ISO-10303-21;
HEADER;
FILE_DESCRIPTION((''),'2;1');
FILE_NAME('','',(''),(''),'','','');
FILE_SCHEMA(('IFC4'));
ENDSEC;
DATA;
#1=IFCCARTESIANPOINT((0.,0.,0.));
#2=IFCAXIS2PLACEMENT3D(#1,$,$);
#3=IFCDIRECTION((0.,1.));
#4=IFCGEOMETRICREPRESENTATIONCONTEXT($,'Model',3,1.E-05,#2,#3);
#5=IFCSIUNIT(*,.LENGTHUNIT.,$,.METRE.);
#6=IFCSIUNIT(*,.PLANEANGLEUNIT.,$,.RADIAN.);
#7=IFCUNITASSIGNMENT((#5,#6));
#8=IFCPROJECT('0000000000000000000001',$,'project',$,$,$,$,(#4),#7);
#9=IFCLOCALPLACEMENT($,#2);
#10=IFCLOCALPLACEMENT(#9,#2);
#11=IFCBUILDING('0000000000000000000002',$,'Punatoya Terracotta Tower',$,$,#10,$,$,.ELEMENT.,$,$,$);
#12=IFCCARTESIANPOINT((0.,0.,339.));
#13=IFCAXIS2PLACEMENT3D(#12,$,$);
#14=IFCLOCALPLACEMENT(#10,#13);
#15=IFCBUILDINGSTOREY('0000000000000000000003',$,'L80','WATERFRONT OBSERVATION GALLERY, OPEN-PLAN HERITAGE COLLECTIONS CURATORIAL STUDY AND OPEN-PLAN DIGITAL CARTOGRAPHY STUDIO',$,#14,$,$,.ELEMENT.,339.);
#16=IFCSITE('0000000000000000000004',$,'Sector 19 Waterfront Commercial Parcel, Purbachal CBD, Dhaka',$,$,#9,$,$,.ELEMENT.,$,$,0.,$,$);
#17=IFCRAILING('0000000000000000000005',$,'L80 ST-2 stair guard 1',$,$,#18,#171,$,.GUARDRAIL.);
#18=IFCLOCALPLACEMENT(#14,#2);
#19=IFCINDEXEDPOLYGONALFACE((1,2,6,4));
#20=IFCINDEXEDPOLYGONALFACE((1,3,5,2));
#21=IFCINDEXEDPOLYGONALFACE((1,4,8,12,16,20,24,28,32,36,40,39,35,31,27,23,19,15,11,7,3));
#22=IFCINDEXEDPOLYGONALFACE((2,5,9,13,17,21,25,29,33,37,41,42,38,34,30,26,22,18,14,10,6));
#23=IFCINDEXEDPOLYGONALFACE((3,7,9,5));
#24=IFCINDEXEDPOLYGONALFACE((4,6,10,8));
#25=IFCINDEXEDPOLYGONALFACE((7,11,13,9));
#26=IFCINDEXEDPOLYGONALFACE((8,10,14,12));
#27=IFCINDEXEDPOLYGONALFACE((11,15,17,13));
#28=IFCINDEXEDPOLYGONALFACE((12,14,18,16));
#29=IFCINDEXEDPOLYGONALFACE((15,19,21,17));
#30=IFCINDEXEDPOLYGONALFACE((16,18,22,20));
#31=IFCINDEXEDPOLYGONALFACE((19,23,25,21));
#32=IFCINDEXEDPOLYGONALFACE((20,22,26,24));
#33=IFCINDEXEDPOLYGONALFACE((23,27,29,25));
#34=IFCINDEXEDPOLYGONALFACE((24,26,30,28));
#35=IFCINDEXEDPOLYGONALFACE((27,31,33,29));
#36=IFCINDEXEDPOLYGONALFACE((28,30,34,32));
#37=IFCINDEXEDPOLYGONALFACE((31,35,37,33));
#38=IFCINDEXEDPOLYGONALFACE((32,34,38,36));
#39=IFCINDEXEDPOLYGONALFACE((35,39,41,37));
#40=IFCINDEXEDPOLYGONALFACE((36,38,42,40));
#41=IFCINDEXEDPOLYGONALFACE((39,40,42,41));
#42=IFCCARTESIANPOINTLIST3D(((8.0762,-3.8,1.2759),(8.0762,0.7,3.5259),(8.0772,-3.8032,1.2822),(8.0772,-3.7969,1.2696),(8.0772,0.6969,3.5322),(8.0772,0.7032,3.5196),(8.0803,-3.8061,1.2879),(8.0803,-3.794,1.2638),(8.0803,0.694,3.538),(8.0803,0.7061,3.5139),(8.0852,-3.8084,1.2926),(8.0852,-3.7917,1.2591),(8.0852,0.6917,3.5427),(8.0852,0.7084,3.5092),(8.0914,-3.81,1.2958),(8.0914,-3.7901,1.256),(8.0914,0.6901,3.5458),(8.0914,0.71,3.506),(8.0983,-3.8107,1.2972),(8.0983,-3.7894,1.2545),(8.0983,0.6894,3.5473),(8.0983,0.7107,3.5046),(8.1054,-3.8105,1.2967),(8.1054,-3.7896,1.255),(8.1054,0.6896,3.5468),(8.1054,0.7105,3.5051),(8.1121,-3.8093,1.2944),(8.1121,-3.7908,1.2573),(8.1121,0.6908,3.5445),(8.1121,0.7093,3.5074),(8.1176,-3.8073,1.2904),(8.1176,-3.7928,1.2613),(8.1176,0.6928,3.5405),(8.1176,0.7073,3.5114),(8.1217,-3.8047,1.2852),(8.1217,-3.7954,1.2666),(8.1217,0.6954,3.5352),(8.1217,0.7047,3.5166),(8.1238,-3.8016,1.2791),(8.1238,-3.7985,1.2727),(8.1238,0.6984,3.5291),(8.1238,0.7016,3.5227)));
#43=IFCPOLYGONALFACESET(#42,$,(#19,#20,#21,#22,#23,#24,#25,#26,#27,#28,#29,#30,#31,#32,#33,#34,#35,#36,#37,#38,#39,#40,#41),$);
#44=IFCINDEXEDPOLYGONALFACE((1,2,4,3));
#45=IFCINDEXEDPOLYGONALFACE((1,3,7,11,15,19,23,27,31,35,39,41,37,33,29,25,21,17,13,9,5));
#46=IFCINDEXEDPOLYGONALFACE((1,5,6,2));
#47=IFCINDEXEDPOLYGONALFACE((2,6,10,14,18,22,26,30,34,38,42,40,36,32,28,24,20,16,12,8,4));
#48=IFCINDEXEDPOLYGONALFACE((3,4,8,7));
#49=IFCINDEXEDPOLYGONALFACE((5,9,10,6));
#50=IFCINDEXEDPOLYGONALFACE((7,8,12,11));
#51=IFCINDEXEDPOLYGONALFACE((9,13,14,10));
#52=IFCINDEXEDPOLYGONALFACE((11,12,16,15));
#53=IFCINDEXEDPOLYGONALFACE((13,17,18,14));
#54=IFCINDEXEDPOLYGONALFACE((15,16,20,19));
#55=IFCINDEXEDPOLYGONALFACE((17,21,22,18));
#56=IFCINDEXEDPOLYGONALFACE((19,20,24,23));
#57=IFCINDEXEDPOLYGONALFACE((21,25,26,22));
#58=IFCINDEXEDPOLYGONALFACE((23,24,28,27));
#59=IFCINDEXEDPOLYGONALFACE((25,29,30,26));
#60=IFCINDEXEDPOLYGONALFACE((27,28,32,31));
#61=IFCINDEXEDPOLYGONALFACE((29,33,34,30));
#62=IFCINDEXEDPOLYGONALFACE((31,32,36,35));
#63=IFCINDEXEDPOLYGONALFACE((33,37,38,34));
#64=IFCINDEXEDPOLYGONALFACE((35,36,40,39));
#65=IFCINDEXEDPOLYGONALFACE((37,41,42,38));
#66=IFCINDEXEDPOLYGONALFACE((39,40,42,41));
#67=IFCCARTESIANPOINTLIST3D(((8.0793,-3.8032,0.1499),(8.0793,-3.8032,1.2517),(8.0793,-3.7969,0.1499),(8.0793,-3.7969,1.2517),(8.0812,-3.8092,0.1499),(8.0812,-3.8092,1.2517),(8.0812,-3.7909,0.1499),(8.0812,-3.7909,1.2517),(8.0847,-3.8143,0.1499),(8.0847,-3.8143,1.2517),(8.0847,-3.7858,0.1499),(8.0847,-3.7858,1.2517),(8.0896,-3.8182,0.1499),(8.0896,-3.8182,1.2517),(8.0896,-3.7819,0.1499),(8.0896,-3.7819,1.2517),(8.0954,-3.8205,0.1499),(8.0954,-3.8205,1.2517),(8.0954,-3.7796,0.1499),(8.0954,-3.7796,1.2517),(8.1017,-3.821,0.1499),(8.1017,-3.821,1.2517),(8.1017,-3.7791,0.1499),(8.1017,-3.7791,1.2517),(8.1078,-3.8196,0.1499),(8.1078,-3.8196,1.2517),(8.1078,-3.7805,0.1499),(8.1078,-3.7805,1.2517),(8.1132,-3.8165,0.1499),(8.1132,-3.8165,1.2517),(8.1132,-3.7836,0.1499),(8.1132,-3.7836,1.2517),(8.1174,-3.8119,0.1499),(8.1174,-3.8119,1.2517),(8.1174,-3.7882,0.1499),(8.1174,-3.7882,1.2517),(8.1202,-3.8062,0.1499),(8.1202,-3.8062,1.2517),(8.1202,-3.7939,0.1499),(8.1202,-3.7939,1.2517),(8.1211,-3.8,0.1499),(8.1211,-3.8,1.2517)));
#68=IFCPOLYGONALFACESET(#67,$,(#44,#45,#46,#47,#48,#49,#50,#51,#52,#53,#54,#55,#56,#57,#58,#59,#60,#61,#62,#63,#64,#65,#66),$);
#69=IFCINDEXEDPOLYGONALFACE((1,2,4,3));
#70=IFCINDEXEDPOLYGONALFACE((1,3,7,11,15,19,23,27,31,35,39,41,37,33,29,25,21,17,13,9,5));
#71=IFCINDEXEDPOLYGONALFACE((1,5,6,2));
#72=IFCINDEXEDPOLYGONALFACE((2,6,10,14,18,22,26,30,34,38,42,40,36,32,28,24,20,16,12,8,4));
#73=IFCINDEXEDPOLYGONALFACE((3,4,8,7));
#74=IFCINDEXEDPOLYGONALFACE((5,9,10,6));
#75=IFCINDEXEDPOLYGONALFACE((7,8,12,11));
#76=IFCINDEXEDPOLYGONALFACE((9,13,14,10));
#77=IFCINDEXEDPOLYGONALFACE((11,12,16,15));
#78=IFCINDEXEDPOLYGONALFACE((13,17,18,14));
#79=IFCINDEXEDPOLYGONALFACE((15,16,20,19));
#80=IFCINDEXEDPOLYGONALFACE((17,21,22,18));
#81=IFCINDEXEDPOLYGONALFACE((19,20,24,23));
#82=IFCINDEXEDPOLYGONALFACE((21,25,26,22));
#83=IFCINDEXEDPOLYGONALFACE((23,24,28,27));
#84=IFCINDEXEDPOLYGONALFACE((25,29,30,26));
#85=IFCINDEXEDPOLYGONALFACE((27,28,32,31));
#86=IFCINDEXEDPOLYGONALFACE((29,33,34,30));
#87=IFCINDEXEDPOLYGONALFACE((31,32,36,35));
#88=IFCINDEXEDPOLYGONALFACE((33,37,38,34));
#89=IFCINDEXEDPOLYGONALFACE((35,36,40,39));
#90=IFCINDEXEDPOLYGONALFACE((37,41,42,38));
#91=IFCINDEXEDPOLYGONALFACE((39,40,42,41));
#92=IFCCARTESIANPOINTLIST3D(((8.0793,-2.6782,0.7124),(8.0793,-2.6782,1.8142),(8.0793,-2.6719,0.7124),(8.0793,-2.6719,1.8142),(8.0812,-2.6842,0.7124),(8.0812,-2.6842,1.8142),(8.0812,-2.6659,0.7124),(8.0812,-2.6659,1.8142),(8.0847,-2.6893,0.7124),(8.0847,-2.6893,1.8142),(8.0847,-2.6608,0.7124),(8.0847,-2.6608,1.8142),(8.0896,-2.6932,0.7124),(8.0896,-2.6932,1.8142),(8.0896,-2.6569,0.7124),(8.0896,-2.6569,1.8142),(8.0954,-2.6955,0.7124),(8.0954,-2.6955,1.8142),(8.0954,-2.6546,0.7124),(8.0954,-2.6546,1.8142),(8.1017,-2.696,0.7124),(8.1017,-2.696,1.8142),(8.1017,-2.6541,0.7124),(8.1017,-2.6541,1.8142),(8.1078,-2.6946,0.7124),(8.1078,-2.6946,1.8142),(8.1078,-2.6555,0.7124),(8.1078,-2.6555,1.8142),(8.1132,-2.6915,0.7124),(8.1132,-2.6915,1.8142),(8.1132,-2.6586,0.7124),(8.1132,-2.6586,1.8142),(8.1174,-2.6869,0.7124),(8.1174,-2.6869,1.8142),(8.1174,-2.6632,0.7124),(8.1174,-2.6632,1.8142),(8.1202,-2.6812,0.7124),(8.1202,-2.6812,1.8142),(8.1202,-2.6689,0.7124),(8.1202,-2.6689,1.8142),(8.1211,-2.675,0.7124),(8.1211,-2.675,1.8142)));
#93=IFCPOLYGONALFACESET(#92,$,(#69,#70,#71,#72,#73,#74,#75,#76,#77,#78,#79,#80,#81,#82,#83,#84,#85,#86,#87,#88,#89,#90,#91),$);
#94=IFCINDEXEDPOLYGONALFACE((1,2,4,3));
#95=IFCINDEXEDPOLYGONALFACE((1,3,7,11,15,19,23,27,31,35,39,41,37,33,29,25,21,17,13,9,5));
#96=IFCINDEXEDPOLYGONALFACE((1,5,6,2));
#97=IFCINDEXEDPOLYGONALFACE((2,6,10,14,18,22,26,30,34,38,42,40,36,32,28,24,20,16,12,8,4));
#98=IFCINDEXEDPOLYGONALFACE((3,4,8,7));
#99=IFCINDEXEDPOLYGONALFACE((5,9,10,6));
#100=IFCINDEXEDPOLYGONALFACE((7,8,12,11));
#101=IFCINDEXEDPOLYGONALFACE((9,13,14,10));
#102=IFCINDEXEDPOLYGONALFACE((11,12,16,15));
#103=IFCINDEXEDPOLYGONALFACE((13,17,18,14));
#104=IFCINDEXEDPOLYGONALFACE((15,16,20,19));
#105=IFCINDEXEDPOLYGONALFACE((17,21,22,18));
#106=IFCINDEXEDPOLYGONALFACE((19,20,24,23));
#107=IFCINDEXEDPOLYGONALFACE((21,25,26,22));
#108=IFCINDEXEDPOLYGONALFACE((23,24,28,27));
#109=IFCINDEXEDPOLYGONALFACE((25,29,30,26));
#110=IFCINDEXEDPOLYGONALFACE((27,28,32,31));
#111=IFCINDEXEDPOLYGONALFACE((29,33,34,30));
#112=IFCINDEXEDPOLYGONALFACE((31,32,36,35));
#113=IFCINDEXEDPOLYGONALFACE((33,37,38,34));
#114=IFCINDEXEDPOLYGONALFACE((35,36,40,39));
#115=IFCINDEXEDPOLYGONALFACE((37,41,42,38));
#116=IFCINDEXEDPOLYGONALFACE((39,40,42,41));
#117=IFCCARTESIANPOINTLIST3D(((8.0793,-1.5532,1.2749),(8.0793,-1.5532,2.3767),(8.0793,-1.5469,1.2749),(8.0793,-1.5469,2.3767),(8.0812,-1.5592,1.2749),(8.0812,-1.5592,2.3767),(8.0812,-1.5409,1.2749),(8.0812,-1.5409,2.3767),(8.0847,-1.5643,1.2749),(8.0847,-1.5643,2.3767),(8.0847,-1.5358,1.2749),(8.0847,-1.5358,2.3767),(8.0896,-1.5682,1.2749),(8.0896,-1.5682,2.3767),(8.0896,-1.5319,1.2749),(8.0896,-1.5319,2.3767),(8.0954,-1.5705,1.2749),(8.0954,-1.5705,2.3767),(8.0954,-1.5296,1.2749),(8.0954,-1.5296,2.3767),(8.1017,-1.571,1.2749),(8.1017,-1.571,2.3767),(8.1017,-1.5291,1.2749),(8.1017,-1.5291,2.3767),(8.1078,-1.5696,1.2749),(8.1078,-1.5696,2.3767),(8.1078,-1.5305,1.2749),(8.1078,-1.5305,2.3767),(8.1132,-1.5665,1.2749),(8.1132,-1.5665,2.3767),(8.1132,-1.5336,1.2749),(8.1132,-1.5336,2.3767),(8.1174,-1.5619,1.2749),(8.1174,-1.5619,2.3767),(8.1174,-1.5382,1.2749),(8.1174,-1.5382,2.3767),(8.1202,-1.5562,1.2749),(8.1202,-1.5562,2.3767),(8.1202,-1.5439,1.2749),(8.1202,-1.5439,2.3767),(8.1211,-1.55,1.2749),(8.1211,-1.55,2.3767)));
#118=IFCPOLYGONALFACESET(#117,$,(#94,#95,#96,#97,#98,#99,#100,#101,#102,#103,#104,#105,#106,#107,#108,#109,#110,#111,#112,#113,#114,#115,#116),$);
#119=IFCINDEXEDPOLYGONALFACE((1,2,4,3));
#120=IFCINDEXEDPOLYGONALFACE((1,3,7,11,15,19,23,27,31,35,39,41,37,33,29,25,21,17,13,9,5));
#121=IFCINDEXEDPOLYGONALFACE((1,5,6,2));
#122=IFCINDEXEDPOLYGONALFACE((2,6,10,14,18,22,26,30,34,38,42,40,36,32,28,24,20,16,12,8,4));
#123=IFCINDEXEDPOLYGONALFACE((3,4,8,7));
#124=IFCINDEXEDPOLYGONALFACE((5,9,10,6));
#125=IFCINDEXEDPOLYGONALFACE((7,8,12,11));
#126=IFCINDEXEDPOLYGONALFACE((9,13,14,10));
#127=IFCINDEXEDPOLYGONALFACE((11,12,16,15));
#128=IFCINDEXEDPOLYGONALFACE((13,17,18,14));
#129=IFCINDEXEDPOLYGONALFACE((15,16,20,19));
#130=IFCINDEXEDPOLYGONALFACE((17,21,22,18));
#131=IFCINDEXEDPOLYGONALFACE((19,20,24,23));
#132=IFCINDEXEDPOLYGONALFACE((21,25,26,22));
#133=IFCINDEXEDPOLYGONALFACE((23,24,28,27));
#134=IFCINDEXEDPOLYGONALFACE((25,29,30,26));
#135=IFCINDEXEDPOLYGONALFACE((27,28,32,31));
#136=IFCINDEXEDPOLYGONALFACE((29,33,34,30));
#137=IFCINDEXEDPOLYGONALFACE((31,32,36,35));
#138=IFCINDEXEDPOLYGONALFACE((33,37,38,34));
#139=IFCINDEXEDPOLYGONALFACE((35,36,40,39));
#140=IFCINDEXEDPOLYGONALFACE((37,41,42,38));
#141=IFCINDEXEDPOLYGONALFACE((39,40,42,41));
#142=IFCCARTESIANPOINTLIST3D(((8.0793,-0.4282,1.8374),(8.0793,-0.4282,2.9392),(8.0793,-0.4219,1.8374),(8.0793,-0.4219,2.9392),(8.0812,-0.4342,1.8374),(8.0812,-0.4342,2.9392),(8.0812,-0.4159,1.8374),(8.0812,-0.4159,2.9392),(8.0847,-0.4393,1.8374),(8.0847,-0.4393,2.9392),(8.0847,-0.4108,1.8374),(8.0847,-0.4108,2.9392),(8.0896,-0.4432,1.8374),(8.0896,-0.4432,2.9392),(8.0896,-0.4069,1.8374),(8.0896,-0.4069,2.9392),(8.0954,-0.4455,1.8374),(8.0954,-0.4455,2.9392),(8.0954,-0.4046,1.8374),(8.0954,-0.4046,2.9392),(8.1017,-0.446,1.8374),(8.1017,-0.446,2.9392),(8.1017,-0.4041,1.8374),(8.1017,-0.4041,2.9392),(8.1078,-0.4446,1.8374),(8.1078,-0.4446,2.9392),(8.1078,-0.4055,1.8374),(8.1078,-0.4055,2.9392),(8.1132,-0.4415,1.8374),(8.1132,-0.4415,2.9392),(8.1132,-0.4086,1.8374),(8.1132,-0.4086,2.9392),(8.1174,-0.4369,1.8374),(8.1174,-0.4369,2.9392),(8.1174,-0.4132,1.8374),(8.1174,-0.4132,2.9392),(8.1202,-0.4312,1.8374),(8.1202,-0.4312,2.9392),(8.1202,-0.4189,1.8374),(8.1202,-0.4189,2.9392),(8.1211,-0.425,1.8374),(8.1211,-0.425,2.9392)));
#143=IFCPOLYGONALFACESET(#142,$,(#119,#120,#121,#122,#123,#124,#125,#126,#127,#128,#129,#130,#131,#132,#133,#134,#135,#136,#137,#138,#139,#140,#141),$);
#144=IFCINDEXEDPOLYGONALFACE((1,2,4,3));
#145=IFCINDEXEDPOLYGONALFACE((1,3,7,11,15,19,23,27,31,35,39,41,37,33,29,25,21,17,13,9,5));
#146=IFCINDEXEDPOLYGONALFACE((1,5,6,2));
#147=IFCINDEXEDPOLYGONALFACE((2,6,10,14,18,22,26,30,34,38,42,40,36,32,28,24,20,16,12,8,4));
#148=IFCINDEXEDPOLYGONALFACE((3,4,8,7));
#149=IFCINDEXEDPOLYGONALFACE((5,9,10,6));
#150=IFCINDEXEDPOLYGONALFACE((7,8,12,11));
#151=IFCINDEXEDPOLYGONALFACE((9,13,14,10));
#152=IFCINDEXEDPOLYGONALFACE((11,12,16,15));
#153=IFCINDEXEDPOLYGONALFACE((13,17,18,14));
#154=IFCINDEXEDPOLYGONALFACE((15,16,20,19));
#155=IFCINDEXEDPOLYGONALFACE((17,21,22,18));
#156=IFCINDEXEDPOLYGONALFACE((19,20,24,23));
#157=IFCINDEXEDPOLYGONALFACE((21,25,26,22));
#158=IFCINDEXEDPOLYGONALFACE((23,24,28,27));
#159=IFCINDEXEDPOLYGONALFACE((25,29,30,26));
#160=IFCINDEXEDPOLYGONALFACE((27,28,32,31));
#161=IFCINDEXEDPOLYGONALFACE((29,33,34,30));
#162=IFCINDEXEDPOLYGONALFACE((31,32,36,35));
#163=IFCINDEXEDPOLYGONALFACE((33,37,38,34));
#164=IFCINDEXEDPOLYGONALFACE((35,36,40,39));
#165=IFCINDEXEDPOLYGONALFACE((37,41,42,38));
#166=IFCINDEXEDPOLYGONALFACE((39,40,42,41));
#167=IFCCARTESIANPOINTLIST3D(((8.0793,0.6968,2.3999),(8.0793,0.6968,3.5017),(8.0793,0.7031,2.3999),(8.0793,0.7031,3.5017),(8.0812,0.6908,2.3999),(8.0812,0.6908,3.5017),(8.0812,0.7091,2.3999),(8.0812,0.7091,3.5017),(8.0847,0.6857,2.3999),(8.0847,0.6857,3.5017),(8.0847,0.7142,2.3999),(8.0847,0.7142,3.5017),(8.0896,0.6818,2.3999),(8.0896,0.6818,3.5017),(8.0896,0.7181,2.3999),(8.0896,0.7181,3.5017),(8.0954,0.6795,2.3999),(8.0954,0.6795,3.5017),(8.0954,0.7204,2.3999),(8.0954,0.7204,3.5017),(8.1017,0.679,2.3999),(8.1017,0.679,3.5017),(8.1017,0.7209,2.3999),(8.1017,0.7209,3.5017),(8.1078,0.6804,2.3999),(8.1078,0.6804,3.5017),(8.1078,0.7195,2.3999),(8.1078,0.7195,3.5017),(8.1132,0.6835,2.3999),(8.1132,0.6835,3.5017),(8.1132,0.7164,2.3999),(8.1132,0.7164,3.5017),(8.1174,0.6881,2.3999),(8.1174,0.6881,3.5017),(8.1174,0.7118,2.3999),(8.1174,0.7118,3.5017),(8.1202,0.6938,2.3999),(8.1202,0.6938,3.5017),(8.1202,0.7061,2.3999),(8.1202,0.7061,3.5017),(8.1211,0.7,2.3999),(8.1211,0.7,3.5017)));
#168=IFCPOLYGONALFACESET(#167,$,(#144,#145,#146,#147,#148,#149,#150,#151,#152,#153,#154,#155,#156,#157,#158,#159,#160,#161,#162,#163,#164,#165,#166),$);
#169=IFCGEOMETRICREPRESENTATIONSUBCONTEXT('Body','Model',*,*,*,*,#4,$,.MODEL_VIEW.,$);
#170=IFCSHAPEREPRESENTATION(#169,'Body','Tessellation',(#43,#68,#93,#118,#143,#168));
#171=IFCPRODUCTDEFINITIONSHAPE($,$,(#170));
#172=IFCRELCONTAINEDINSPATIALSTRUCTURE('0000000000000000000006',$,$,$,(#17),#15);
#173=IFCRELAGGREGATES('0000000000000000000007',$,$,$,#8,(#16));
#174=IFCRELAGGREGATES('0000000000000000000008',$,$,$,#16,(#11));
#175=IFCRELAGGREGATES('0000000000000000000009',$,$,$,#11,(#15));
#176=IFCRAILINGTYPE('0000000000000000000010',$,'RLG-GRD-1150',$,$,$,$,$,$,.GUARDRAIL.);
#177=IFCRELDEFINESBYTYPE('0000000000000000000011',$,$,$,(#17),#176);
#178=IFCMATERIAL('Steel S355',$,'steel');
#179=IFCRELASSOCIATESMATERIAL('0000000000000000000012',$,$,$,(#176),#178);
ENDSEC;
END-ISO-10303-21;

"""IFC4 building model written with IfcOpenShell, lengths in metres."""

from ifc_helpers import new_model, si_unit, direction, frame, origin, origin_2d, place, context, subcontext, project, spatial, circle, extrude, material, type_object, element, save


model = new_model("IFC4")

# Units and contexts
model_context = context("Model", 3, precision=1e-05, world=origin(), true_north=direction((0.0, 1.0)))
body_context = subcontext(model_context, "Body", "Model", "MODEL_VIEW")
ifc_project = project(units=[si_unit("LENGTHUNIT", "METRE"), si_unit("PLANEANGLEUNIT", "RADIAN")], contexts=[model_context])

# Site, building, storey
site_placement = place(None, origin())
site = spatial("IfcSite", under=ifc_project, at=site_placement, Name="Sector 19 Waterfront Commercial Parcel, Purbachal CBD, Dhaka", CompositionType="ELEMENT", RefElevation=0.0)
building_placement = place(site_placement, origin())
building = spatial("IfcBuilding", under=site, at=building_placement, Name="Punatoya Terracotta Tower", CompositionType="ELEMENT")
storey_placement = place(building_placement, frame((0.0, 0.0, 339.0)))
storey = spatial("IfcBuildingStorey", under=building, at=storey_placement, Name="L80", Description="WATERFRONT OBSERVATION GALLERY, OPEN-PLAN HERITAGE COLLECTIONS CURATORIAL STUDY AND OPEN-PLAN DIGITAL CARTOGRAPHY STUDIO", CompositionType="ELEMENT", Elevation=339.0)

# Railing
ifc_material_1 = material(Name="Steel S355", Category="steel")
railing_type = type_object("IfcRailingType", Name="RLG-GRD-1150", PredefinedType="GUARDRAIL", material=ifc_material_1)
railing_1_placement = place(storey_placement, frame((8.1001, -3.8, 0.1499)))
element("IfcRailing", 1, at=railing_1_placement, inside=storey, type_object=railing_type, Name="L80 ST-2 stair guard 1", PredefinedType="GUARDRAIL", context=body_context, shape_type="SweptSolid", body=[
    extrude(circle(Radius=0.0239, at=origin_2d()), frame((0.0, 0.0, 1.126), z_axis=(0.0, 0.894427, 0.447214), x_axis=(-1.0, 0.0, 0.0)), (0.0, 0.0, 1.0), 5.0312),
    extrude(circle(Radius=0.021, at=origin_2d()), origin(), (0.0, 0.0, 1.0), 1.1018),
    extrude(circle(Radius=0.021, at=origin_2d()), frame((0.0, 1.125, 0.5625)), (0.0, 0.0, 1.0), 1.1018),
    extrude(circle(Radius=0.021, at=origin_2d()), frame((0.0, 2.25, 1.125)), (0.0, 0.0, 1.0), 1.1018),
    extrude(circle(Radius=0.021, at=origin_2d()), frame((0.0, 3.375, 1.6875)), (0.0, 0.0, 1.0), 1.1018),
    extrude(circle(Radius=0.021, at=origin_2d()), frame((0.0, 4.5, 2.25)), (0.0, 0.0, 1.0), 1.1018),
])

save(model, "model.ifc")
